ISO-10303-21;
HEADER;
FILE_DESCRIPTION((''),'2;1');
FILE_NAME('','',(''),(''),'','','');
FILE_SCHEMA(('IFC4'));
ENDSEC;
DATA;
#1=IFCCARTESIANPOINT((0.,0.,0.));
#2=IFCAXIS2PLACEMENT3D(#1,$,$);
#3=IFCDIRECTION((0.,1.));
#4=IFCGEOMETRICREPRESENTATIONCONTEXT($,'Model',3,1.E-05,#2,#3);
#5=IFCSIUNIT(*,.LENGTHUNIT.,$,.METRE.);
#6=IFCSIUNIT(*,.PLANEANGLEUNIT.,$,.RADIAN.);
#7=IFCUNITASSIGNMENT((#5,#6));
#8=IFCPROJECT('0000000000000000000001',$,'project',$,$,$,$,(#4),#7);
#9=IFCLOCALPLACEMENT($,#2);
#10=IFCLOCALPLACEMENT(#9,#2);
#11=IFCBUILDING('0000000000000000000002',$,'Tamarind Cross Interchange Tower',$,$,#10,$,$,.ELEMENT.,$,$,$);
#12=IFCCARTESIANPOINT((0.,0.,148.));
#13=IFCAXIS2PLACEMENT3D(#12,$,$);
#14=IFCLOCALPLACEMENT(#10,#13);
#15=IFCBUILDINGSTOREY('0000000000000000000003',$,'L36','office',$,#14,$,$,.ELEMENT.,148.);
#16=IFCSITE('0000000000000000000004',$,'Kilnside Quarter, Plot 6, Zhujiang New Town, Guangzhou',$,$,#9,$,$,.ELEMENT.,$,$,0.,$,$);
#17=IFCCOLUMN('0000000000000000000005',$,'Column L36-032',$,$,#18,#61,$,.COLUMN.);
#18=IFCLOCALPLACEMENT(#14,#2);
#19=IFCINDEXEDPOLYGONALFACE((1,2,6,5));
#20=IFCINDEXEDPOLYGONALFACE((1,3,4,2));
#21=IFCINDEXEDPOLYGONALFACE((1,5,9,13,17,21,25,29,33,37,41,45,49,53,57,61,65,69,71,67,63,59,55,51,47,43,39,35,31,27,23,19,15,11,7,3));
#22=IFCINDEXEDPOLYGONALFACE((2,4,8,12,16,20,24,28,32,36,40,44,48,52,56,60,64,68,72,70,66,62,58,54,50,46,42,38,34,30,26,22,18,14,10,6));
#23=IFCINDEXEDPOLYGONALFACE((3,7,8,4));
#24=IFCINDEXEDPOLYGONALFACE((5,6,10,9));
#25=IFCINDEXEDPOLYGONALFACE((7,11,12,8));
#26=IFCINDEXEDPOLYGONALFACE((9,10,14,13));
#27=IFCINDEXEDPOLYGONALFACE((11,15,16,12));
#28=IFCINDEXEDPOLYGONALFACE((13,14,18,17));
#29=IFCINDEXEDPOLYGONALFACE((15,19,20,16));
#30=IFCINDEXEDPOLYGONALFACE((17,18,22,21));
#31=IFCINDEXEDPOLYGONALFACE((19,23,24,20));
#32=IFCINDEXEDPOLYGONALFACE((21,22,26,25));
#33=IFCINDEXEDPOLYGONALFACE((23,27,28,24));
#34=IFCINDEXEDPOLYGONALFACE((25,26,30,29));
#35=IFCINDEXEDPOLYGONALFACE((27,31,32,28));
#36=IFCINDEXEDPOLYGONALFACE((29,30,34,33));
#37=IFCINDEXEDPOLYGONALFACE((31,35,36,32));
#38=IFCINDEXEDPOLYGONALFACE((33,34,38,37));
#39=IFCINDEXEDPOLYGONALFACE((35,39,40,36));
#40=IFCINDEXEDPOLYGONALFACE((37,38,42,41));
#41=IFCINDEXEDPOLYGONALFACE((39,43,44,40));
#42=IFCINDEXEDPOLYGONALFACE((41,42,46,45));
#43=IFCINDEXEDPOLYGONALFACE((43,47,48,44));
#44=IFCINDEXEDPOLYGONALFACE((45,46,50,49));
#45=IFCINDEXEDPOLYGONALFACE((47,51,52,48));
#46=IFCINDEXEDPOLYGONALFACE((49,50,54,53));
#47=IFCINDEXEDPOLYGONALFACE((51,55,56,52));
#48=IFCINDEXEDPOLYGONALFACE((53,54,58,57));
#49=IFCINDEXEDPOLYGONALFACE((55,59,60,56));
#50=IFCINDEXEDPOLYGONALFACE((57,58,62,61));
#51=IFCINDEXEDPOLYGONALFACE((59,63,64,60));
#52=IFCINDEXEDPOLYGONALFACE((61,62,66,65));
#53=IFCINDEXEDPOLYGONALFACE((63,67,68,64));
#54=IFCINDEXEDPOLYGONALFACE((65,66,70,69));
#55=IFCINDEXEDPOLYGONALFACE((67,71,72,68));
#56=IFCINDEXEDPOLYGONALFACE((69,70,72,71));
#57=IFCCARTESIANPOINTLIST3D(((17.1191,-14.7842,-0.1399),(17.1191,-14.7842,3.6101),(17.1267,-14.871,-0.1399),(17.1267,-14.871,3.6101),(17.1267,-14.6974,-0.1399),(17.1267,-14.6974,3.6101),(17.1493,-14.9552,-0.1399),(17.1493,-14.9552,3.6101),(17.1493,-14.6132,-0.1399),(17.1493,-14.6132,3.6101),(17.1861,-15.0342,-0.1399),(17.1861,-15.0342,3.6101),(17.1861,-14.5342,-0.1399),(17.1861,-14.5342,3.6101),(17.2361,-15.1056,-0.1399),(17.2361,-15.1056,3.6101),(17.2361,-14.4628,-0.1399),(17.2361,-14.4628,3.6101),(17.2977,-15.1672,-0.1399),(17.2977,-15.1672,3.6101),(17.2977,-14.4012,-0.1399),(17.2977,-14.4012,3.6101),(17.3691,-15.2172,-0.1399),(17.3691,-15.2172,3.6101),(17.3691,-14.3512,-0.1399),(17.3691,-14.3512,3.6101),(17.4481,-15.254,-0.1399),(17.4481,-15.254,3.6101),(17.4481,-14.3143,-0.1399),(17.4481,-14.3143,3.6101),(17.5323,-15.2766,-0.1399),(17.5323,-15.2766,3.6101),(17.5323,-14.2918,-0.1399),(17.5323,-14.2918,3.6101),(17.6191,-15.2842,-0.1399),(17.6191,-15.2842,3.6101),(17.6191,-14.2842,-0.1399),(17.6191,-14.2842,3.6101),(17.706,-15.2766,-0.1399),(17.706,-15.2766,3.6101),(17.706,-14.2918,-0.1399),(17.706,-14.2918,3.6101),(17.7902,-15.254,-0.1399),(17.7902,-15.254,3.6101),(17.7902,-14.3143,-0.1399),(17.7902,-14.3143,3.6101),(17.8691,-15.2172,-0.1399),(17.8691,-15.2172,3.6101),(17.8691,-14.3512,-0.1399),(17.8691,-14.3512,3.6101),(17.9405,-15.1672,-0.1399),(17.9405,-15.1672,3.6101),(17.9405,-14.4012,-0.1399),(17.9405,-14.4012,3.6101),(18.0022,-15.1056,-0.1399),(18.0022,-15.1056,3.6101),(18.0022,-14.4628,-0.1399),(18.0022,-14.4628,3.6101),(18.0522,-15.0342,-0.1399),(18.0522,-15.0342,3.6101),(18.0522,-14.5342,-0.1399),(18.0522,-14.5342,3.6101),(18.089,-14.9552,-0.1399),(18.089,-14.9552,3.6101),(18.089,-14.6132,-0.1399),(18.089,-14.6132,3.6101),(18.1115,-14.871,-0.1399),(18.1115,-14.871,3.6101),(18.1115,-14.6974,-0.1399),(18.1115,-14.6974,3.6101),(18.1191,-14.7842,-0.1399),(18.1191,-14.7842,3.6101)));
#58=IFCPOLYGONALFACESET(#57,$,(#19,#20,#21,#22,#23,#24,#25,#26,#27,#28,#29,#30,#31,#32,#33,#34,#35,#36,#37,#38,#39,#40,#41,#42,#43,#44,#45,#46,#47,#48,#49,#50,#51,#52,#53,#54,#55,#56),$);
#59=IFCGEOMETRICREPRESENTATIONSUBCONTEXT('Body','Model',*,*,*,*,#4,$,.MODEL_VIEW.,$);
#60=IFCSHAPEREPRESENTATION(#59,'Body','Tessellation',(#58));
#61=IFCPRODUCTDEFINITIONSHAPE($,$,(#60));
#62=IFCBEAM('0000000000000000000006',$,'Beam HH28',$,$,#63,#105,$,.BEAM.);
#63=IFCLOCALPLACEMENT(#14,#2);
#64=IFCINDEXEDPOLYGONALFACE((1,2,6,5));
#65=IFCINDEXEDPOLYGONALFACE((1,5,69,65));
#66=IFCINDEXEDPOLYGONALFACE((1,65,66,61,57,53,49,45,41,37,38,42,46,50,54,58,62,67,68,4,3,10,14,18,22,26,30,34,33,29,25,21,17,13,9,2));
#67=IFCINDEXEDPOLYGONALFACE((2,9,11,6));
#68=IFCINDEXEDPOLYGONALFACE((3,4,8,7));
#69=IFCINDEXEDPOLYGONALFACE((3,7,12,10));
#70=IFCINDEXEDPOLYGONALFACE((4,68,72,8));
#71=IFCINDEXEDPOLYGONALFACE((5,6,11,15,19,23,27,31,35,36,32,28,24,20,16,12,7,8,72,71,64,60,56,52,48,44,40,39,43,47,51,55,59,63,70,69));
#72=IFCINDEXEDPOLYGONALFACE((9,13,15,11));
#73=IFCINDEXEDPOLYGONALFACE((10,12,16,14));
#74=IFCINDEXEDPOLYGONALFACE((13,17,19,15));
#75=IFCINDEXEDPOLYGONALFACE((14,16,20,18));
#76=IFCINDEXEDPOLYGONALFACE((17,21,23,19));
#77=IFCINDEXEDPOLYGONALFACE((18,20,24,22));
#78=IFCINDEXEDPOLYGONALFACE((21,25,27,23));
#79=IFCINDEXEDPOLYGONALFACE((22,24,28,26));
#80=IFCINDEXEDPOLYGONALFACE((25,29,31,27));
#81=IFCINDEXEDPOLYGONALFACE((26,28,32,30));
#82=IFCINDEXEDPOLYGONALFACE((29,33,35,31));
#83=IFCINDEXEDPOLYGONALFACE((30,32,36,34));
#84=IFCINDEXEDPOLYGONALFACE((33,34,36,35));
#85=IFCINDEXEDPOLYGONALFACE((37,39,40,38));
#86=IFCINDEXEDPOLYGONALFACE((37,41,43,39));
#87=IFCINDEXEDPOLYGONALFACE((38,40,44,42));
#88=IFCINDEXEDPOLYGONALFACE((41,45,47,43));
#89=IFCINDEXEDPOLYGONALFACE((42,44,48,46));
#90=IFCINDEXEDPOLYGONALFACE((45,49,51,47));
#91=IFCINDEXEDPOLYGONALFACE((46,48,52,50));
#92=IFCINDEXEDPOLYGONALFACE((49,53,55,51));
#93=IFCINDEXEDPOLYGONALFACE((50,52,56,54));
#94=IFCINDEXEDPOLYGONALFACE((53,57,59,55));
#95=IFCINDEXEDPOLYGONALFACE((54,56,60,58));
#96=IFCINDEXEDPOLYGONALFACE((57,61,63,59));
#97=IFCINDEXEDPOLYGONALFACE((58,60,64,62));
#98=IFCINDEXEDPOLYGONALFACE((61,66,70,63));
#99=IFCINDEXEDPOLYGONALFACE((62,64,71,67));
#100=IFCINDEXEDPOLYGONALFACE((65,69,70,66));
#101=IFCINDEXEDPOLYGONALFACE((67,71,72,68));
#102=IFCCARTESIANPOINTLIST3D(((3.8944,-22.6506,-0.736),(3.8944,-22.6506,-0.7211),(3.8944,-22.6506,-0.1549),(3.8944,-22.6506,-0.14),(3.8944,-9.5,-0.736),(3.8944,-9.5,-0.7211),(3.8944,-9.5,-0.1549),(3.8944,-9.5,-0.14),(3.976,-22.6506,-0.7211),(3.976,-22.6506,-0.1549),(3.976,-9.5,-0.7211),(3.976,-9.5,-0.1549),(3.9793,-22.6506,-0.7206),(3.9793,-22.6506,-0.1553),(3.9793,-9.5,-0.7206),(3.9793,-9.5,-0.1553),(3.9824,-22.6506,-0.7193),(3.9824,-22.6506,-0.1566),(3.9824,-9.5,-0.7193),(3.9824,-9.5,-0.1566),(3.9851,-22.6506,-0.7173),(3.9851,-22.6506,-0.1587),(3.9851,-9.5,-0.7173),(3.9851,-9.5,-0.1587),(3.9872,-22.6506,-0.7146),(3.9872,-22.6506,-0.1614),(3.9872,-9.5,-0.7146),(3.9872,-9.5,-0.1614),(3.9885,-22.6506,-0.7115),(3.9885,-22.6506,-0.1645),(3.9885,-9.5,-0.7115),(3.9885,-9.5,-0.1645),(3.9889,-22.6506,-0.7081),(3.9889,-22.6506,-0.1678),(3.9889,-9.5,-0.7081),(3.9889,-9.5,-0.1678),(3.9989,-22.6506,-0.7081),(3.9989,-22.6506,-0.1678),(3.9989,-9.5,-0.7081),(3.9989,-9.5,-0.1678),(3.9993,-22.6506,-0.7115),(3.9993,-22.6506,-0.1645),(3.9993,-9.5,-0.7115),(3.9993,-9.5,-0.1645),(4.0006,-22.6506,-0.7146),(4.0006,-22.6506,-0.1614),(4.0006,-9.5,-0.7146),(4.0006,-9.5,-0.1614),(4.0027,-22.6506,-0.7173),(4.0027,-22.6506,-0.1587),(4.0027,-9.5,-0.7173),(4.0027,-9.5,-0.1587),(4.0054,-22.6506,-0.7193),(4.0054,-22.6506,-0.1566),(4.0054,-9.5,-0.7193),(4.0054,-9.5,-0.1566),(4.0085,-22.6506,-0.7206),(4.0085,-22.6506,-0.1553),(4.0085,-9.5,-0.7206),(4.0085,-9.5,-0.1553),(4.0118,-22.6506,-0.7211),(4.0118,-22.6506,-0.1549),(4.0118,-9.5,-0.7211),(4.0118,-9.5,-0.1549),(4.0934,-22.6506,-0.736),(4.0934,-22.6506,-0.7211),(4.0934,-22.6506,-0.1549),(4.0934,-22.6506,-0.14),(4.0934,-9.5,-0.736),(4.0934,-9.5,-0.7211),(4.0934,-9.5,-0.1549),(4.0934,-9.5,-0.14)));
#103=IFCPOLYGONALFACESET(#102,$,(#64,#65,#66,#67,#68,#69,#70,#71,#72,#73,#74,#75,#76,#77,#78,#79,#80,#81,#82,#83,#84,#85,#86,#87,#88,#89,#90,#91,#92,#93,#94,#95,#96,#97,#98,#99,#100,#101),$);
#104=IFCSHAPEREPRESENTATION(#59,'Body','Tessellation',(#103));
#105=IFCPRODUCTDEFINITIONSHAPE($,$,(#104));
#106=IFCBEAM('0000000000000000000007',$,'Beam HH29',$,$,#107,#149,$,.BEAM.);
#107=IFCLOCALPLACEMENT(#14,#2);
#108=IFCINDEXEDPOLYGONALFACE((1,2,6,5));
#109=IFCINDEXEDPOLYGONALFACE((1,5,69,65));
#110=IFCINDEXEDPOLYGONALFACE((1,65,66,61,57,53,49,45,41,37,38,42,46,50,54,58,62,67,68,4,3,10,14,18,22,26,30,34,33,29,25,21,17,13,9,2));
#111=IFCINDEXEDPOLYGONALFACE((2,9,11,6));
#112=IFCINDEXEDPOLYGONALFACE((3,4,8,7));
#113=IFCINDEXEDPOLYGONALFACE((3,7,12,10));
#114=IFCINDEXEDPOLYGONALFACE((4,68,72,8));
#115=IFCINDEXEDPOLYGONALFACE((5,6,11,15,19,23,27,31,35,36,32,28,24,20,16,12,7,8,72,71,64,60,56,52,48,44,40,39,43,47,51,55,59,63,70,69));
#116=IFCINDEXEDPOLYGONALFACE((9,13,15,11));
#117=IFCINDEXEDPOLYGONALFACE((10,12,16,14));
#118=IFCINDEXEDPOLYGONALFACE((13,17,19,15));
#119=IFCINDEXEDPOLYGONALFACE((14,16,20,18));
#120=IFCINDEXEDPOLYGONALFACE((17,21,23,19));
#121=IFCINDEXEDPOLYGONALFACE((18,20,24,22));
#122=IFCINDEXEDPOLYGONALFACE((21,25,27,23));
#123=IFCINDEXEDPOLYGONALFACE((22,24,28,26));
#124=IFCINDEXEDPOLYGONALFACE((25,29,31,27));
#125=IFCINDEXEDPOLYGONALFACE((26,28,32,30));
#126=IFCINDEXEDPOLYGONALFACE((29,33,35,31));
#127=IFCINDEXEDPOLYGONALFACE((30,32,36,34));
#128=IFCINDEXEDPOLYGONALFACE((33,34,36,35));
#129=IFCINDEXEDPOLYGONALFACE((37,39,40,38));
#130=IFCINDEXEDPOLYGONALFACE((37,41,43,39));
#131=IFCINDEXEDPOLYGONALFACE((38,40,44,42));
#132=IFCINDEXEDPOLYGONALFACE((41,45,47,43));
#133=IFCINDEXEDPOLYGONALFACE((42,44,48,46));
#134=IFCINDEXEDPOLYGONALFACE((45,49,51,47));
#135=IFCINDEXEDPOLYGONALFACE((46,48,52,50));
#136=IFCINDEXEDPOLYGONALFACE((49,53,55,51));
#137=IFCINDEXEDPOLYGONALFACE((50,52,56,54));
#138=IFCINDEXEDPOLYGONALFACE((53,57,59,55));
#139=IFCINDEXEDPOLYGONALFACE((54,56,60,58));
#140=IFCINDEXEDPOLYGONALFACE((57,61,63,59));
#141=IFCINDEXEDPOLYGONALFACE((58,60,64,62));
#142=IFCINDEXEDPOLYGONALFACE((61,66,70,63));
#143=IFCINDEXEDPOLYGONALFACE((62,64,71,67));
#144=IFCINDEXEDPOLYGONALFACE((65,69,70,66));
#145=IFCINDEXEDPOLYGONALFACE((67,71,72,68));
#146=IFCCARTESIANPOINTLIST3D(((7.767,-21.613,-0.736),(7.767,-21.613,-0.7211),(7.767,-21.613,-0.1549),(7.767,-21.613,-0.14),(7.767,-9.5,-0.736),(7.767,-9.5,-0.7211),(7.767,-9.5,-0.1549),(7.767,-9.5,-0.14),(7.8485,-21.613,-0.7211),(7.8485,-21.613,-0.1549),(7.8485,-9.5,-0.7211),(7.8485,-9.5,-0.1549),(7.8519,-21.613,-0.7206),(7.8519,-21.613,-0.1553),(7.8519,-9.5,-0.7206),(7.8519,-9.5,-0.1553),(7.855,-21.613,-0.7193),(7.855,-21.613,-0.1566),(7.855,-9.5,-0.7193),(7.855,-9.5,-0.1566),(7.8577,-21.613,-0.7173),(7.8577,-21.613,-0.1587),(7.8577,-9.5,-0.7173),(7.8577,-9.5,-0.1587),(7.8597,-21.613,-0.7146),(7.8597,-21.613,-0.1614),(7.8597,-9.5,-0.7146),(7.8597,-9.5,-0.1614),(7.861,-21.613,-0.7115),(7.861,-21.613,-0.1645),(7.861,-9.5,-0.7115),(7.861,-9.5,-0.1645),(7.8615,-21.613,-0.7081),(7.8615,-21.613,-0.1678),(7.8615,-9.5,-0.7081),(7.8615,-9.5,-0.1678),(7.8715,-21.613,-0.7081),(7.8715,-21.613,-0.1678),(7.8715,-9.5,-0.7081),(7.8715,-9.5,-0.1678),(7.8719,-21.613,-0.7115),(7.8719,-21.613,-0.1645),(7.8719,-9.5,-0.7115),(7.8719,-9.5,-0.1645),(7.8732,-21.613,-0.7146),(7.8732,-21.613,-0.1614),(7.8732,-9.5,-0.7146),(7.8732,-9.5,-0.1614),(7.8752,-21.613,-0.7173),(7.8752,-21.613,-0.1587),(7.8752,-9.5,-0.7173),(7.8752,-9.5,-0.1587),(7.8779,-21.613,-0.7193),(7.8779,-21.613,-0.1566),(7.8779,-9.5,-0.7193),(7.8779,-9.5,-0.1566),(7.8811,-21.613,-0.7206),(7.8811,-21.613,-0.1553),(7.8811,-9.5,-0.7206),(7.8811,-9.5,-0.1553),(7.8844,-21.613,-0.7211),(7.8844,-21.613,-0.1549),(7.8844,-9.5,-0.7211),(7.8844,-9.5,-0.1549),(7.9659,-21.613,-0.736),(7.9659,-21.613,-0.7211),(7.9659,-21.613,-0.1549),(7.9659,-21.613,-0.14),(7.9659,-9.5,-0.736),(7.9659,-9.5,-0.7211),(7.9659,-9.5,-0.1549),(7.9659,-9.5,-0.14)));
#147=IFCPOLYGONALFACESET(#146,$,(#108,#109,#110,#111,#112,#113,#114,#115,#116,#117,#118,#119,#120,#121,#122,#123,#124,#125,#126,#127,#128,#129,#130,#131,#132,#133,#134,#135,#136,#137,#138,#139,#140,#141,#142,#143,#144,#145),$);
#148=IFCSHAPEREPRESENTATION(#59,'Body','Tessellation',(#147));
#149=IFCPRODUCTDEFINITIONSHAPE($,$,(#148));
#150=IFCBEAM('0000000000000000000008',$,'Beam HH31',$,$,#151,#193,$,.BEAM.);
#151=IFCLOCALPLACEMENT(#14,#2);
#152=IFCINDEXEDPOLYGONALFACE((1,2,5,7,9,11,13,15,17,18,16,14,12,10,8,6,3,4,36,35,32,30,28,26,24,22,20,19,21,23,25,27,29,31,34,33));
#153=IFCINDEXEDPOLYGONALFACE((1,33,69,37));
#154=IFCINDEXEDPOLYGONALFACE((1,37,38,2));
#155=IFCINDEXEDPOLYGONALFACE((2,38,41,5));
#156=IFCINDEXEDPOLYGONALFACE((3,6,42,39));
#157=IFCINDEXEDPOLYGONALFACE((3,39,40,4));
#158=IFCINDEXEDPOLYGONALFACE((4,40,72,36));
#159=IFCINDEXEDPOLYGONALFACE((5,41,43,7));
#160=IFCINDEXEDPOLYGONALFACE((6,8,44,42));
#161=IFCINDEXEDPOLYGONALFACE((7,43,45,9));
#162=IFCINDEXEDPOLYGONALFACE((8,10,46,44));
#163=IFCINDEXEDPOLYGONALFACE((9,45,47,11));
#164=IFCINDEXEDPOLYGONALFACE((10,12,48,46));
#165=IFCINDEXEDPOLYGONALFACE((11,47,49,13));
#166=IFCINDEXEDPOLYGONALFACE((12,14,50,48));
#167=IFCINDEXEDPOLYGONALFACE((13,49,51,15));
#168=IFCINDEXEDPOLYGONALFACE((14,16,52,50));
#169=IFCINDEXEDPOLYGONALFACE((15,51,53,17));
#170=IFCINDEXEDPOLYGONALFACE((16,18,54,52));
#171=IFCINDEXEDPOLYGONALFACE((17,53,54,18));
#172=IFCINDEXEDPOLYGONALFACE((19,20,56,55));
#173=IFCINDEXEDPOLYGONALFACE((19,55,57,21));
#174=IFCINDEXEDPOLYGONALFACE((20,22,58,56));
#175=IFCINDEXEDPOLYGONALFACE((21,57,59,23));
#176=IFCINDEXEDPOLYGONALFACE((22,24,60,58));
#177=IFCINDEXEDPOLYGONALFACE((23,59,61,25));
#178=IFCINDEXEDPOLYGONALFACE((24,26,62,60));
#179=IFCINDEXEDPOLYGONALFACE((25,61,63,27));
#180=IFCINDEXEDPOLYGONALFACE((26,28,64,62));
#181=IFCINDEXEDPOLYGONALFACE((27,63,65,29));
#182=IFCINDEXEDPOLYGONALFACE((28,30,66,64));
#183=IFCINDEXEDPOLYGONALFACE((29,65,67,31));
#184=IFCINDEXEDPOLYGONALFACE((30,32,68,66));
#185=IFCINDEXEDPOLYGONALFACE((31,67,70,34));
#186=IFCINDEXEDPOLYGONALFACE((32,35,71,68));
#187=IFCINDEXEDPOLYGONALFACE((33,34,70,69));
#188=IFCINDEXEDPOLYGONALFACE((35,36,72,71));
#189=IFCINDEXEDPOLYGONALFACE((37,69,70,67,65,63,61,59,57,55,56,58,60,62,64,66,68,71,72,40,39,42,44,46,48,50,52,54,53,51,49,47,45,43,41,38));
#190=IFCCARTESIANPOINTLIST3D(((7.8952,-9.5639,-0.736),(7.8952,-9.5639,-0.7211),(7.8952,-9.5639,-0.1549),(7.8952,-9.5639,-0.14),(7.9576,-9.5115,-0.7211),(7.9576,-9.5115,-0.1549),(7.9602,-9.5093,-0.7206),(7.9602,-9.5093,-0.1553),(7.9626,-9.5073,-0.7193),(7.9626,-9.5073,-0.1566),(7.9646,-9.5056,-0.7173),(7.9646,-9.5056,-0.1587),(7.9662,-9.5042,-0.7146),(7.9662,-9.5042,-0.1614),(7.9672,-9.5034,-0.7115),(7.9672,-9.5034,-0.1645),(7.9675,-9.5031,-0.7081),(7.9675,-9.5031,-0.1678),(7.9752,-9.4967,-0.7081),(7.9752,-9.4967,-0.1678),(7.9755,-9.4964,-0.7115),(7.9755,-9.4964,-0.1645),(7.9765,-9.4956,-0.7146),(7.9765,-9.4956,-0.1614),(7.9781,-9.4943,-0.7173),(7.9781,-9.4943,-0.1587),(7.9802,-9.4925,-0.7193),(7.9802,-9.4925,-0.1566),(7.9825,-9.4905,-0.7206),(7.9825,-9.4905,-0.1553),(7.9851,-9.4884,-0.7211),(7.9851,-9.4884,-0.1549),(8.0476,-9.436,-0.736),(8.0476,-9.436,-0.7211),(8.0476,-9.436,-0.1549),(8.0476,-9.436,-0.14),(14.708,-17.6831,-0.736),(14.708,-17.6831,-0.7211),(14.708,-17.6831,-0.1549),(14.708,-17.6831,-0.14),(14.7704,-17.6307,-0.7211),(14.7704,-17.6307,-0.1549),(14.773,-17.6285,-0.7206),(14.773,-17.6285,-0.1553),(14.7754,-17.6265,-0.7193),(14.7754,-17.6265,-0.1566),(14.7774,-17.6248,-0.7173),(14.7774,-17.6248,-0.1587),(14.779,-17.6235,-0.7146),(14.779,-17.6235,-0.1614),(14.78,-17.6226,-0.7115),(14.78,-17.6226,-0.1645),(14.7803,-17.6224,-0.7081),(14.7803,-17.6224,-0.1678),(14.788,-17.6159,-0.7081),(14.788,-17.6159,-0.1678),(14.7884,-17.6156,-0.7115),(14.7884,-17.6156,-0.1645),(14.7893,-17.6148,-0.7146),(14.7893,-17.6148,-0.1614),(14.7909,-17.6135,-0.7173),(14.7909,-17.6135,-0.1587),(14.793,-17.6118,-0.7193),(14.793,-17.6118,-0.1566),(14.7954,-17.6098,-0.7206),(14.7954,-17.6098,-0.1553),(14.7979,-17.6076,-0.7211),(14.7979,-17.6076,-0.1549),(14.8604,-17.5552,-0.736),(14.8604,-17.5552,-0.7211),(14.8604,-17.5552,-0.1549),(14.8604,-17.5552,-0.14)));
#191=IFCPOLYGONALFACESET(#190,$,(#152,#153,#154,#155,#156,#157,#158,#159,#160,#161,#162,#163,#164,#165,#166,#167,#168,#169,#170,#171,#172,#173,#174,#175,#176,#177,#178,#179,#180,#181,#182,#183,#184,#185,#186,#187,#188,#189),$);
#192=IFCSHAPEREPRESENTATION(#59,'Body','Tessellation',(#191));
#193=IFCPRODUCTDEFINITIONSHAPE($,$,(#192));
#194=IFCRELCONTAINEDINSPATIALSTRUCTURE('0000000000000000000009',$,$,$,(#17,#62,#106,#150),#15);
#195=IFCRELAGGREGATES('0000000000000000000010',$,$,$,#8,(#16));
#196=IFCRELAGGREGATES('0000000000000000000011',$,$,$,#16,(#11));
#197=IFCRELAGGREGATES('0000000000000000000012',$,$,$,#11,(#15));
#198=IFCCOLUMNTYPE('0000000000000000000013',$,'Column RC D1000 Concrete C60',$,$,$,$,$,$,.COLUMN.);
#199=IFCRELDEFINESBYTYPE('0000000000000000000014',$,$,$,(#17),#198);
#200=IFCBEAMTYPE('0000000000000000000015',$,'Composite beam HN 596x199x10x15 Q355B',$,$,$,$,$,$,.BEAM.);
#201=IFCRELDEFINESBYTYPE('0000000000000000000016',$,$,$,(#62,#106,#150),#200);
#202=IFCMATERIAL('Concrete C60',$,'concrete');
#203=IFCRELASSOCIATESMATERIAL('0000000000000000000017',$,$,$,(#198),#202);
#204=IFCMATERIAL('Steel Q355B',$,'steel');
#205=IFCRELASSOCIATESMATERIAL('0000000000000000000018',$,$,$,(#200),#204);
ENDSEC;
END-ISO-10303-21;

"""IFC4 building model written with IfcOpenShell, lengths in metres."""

from ifc_helpers import new_model, si_unit, direction, frame, origin, origin_2d, place, context, subcontext, project, spatial, circle, i_section, extrude, material, material_profile, profile_set, type_object, element, save


model = new_model("IFC4")

# Units and contexts
model_context = context("Model", 3, precision=1e-05, world=origin(), true_north=direction((0.0, 1.0)))
body_context = subcontext(model_context, "Body", "Model", "MODEL_VIEW")
ifc_project = project(units=[si_unit("LENGTHUNIT", "METRE"), si_unit("PLANEANGLEUNIT", "RADIAN")], contexts=[model_context])

# Site, building, storey
site_placement = place(None, origin())
site = spatial("IfcSite", under=ifc_project, at=site_placement, Name="Kilnside Quarter, Plot 6, Zhujiang New Town, Guangzhou", CompositionType="ELEMENT", RefElevation=0.0)
building_placement = place(site_placement, origin())
building = spatial("IfcBuilding", under=site, at=building_placement, Name="Tamarind Cross Interchange Tower", CompositionType="ELEMENT")
storey_placement = place(building_placement, frame((0.0, 0.0, 148.0)))
storey = spatial("IfcBuildingStorey", under=building, at=storey_placement, Name="L36", Description="office", CompositionType="ELEMENT", Elevation=148.0)

# Column
ifc_material_1 = material(Name="Concrete C60", Category="concrete")
ifc_material_profile_1 = material_profile(ifc_material_1, circle(Radius=0.5, at=origin_2d()), Name="RC D1000")
ifc_profile_set_1 = profile_set([ifc_material_profile_1], Name="Concrete C60")
column_type = type_object("IfcColumnType", Name="Column RC D1000 Concrete C60", PredefinedType="COLUMN", material=ifc_profile_set_1)
for number, where, z_axis, x_axis, name in (
    (1, (17.6191, -14.7842, -0.1399), (0.0, 0.0, 1.0), (1.0, 0.0, 0.0), "Column L36-032"),
):
    element("IfcColumn", number, at=place(storey_placement, frame(where, z_axis=z_axis, x_axis=x_axis)), inside=storey, type_object=column_type, Name=name, PredefinedType="COLUMN", context=body_context, shape_type="SweptSolid", body=[
        extrude(circle(Radius=0.5, at=origin_2d()), origin(), (0.0, 0.0, 1.0), 3.75),
    ])

# Beams
ifc_material_2 = material(Name="Steel Q355B", Category="steel")
ifc_material_profile_2 = material_profile(ifc_material_2, i_section(OverallWidth=0.199, OverallDepth=0.5959, WebThickness=0.01, FlangeThickness=0.0149, FilletRadius=0.0129, at=origin_2d()), Name="HN 596x199x10x15")
ifc_profile_set_2 = profile_set([ifc_material_profile_2], Name="Steel Q355B")
beam_type = type_object("IfcBeamType", Name="Composite beam HN 596x199x10x15 Q355B", PredefinedType="BEAM", material=ifc_profile_set_2)
beam_1_placement = place(storey_placement, frame((3.9939, -22.6506, -0.438), z_axis=(0.0, 1.0, 0.0), x_axis=(-1.0, 0.0, 0.0)))
element("IfcBeam", 2, at=beam_1_placement, inside=storey, type_object=beam_type, Name="Beam HH28", PredefinedType="BEAM", context=body_context, shape_type="SweptSolid", body=[
    extrude(i_section(OverallWidth=0.199, OverallDepth=0.5959, WebThickness=0.01, FlangeThickness=0.0149, FilletRadius=0.0129, at=origin_2d()), origin(), (0.0, 0.0, 1.0), 13.1506),
])
beam_2_placement = place(storey_placement, frame((7.8665, -21.613, -0.438), z_axis=(0.0, 1.0, 0.0), x_axis=(-1.0, 0.0, 0.0)))
element("IfcBeam", 3, at=beam_2_placement, inside=storey, type_object=beam_type, Name="Beam HH29", PredefinedType="BEAM", context=body_context, shape_type="SweptSolid", body=[
    extrude(i_section(OverallWidth=0.199, OverallDepth=0.5959, WebThickness=0.01, FlangeThickness=0.0149, FilletRadius=0.0129, at=origin_2d()), origin(), (0.0, 0.0, 1.0), 12.113),
])
beam_3_placement = place(storey_placement, frame((14.7842, -17.6191, -0.438), z_axis=(-0.642786, 0.766046, 0.0), x_axis=(-0.766046, -0.642786, 0.0)))
element("IfcBeam", 4, at=beam_3_placement, inside=storey, type_object=beam_type, Name="Beam HH31", PredefinedType="BEAM", context=body_context, shape_type="SweptSolid", body=[
    extrude(i_section(OverallWidth=0.199, OverallDepth=0.5959, WebThickness=0.01, FlangeThickness=0.0149, FilletRadius=0.0129, at=origin_2d()), origin(), (0.0, 0.0, 1.0), 10.5989),
])

save(model, "model.ifc")
